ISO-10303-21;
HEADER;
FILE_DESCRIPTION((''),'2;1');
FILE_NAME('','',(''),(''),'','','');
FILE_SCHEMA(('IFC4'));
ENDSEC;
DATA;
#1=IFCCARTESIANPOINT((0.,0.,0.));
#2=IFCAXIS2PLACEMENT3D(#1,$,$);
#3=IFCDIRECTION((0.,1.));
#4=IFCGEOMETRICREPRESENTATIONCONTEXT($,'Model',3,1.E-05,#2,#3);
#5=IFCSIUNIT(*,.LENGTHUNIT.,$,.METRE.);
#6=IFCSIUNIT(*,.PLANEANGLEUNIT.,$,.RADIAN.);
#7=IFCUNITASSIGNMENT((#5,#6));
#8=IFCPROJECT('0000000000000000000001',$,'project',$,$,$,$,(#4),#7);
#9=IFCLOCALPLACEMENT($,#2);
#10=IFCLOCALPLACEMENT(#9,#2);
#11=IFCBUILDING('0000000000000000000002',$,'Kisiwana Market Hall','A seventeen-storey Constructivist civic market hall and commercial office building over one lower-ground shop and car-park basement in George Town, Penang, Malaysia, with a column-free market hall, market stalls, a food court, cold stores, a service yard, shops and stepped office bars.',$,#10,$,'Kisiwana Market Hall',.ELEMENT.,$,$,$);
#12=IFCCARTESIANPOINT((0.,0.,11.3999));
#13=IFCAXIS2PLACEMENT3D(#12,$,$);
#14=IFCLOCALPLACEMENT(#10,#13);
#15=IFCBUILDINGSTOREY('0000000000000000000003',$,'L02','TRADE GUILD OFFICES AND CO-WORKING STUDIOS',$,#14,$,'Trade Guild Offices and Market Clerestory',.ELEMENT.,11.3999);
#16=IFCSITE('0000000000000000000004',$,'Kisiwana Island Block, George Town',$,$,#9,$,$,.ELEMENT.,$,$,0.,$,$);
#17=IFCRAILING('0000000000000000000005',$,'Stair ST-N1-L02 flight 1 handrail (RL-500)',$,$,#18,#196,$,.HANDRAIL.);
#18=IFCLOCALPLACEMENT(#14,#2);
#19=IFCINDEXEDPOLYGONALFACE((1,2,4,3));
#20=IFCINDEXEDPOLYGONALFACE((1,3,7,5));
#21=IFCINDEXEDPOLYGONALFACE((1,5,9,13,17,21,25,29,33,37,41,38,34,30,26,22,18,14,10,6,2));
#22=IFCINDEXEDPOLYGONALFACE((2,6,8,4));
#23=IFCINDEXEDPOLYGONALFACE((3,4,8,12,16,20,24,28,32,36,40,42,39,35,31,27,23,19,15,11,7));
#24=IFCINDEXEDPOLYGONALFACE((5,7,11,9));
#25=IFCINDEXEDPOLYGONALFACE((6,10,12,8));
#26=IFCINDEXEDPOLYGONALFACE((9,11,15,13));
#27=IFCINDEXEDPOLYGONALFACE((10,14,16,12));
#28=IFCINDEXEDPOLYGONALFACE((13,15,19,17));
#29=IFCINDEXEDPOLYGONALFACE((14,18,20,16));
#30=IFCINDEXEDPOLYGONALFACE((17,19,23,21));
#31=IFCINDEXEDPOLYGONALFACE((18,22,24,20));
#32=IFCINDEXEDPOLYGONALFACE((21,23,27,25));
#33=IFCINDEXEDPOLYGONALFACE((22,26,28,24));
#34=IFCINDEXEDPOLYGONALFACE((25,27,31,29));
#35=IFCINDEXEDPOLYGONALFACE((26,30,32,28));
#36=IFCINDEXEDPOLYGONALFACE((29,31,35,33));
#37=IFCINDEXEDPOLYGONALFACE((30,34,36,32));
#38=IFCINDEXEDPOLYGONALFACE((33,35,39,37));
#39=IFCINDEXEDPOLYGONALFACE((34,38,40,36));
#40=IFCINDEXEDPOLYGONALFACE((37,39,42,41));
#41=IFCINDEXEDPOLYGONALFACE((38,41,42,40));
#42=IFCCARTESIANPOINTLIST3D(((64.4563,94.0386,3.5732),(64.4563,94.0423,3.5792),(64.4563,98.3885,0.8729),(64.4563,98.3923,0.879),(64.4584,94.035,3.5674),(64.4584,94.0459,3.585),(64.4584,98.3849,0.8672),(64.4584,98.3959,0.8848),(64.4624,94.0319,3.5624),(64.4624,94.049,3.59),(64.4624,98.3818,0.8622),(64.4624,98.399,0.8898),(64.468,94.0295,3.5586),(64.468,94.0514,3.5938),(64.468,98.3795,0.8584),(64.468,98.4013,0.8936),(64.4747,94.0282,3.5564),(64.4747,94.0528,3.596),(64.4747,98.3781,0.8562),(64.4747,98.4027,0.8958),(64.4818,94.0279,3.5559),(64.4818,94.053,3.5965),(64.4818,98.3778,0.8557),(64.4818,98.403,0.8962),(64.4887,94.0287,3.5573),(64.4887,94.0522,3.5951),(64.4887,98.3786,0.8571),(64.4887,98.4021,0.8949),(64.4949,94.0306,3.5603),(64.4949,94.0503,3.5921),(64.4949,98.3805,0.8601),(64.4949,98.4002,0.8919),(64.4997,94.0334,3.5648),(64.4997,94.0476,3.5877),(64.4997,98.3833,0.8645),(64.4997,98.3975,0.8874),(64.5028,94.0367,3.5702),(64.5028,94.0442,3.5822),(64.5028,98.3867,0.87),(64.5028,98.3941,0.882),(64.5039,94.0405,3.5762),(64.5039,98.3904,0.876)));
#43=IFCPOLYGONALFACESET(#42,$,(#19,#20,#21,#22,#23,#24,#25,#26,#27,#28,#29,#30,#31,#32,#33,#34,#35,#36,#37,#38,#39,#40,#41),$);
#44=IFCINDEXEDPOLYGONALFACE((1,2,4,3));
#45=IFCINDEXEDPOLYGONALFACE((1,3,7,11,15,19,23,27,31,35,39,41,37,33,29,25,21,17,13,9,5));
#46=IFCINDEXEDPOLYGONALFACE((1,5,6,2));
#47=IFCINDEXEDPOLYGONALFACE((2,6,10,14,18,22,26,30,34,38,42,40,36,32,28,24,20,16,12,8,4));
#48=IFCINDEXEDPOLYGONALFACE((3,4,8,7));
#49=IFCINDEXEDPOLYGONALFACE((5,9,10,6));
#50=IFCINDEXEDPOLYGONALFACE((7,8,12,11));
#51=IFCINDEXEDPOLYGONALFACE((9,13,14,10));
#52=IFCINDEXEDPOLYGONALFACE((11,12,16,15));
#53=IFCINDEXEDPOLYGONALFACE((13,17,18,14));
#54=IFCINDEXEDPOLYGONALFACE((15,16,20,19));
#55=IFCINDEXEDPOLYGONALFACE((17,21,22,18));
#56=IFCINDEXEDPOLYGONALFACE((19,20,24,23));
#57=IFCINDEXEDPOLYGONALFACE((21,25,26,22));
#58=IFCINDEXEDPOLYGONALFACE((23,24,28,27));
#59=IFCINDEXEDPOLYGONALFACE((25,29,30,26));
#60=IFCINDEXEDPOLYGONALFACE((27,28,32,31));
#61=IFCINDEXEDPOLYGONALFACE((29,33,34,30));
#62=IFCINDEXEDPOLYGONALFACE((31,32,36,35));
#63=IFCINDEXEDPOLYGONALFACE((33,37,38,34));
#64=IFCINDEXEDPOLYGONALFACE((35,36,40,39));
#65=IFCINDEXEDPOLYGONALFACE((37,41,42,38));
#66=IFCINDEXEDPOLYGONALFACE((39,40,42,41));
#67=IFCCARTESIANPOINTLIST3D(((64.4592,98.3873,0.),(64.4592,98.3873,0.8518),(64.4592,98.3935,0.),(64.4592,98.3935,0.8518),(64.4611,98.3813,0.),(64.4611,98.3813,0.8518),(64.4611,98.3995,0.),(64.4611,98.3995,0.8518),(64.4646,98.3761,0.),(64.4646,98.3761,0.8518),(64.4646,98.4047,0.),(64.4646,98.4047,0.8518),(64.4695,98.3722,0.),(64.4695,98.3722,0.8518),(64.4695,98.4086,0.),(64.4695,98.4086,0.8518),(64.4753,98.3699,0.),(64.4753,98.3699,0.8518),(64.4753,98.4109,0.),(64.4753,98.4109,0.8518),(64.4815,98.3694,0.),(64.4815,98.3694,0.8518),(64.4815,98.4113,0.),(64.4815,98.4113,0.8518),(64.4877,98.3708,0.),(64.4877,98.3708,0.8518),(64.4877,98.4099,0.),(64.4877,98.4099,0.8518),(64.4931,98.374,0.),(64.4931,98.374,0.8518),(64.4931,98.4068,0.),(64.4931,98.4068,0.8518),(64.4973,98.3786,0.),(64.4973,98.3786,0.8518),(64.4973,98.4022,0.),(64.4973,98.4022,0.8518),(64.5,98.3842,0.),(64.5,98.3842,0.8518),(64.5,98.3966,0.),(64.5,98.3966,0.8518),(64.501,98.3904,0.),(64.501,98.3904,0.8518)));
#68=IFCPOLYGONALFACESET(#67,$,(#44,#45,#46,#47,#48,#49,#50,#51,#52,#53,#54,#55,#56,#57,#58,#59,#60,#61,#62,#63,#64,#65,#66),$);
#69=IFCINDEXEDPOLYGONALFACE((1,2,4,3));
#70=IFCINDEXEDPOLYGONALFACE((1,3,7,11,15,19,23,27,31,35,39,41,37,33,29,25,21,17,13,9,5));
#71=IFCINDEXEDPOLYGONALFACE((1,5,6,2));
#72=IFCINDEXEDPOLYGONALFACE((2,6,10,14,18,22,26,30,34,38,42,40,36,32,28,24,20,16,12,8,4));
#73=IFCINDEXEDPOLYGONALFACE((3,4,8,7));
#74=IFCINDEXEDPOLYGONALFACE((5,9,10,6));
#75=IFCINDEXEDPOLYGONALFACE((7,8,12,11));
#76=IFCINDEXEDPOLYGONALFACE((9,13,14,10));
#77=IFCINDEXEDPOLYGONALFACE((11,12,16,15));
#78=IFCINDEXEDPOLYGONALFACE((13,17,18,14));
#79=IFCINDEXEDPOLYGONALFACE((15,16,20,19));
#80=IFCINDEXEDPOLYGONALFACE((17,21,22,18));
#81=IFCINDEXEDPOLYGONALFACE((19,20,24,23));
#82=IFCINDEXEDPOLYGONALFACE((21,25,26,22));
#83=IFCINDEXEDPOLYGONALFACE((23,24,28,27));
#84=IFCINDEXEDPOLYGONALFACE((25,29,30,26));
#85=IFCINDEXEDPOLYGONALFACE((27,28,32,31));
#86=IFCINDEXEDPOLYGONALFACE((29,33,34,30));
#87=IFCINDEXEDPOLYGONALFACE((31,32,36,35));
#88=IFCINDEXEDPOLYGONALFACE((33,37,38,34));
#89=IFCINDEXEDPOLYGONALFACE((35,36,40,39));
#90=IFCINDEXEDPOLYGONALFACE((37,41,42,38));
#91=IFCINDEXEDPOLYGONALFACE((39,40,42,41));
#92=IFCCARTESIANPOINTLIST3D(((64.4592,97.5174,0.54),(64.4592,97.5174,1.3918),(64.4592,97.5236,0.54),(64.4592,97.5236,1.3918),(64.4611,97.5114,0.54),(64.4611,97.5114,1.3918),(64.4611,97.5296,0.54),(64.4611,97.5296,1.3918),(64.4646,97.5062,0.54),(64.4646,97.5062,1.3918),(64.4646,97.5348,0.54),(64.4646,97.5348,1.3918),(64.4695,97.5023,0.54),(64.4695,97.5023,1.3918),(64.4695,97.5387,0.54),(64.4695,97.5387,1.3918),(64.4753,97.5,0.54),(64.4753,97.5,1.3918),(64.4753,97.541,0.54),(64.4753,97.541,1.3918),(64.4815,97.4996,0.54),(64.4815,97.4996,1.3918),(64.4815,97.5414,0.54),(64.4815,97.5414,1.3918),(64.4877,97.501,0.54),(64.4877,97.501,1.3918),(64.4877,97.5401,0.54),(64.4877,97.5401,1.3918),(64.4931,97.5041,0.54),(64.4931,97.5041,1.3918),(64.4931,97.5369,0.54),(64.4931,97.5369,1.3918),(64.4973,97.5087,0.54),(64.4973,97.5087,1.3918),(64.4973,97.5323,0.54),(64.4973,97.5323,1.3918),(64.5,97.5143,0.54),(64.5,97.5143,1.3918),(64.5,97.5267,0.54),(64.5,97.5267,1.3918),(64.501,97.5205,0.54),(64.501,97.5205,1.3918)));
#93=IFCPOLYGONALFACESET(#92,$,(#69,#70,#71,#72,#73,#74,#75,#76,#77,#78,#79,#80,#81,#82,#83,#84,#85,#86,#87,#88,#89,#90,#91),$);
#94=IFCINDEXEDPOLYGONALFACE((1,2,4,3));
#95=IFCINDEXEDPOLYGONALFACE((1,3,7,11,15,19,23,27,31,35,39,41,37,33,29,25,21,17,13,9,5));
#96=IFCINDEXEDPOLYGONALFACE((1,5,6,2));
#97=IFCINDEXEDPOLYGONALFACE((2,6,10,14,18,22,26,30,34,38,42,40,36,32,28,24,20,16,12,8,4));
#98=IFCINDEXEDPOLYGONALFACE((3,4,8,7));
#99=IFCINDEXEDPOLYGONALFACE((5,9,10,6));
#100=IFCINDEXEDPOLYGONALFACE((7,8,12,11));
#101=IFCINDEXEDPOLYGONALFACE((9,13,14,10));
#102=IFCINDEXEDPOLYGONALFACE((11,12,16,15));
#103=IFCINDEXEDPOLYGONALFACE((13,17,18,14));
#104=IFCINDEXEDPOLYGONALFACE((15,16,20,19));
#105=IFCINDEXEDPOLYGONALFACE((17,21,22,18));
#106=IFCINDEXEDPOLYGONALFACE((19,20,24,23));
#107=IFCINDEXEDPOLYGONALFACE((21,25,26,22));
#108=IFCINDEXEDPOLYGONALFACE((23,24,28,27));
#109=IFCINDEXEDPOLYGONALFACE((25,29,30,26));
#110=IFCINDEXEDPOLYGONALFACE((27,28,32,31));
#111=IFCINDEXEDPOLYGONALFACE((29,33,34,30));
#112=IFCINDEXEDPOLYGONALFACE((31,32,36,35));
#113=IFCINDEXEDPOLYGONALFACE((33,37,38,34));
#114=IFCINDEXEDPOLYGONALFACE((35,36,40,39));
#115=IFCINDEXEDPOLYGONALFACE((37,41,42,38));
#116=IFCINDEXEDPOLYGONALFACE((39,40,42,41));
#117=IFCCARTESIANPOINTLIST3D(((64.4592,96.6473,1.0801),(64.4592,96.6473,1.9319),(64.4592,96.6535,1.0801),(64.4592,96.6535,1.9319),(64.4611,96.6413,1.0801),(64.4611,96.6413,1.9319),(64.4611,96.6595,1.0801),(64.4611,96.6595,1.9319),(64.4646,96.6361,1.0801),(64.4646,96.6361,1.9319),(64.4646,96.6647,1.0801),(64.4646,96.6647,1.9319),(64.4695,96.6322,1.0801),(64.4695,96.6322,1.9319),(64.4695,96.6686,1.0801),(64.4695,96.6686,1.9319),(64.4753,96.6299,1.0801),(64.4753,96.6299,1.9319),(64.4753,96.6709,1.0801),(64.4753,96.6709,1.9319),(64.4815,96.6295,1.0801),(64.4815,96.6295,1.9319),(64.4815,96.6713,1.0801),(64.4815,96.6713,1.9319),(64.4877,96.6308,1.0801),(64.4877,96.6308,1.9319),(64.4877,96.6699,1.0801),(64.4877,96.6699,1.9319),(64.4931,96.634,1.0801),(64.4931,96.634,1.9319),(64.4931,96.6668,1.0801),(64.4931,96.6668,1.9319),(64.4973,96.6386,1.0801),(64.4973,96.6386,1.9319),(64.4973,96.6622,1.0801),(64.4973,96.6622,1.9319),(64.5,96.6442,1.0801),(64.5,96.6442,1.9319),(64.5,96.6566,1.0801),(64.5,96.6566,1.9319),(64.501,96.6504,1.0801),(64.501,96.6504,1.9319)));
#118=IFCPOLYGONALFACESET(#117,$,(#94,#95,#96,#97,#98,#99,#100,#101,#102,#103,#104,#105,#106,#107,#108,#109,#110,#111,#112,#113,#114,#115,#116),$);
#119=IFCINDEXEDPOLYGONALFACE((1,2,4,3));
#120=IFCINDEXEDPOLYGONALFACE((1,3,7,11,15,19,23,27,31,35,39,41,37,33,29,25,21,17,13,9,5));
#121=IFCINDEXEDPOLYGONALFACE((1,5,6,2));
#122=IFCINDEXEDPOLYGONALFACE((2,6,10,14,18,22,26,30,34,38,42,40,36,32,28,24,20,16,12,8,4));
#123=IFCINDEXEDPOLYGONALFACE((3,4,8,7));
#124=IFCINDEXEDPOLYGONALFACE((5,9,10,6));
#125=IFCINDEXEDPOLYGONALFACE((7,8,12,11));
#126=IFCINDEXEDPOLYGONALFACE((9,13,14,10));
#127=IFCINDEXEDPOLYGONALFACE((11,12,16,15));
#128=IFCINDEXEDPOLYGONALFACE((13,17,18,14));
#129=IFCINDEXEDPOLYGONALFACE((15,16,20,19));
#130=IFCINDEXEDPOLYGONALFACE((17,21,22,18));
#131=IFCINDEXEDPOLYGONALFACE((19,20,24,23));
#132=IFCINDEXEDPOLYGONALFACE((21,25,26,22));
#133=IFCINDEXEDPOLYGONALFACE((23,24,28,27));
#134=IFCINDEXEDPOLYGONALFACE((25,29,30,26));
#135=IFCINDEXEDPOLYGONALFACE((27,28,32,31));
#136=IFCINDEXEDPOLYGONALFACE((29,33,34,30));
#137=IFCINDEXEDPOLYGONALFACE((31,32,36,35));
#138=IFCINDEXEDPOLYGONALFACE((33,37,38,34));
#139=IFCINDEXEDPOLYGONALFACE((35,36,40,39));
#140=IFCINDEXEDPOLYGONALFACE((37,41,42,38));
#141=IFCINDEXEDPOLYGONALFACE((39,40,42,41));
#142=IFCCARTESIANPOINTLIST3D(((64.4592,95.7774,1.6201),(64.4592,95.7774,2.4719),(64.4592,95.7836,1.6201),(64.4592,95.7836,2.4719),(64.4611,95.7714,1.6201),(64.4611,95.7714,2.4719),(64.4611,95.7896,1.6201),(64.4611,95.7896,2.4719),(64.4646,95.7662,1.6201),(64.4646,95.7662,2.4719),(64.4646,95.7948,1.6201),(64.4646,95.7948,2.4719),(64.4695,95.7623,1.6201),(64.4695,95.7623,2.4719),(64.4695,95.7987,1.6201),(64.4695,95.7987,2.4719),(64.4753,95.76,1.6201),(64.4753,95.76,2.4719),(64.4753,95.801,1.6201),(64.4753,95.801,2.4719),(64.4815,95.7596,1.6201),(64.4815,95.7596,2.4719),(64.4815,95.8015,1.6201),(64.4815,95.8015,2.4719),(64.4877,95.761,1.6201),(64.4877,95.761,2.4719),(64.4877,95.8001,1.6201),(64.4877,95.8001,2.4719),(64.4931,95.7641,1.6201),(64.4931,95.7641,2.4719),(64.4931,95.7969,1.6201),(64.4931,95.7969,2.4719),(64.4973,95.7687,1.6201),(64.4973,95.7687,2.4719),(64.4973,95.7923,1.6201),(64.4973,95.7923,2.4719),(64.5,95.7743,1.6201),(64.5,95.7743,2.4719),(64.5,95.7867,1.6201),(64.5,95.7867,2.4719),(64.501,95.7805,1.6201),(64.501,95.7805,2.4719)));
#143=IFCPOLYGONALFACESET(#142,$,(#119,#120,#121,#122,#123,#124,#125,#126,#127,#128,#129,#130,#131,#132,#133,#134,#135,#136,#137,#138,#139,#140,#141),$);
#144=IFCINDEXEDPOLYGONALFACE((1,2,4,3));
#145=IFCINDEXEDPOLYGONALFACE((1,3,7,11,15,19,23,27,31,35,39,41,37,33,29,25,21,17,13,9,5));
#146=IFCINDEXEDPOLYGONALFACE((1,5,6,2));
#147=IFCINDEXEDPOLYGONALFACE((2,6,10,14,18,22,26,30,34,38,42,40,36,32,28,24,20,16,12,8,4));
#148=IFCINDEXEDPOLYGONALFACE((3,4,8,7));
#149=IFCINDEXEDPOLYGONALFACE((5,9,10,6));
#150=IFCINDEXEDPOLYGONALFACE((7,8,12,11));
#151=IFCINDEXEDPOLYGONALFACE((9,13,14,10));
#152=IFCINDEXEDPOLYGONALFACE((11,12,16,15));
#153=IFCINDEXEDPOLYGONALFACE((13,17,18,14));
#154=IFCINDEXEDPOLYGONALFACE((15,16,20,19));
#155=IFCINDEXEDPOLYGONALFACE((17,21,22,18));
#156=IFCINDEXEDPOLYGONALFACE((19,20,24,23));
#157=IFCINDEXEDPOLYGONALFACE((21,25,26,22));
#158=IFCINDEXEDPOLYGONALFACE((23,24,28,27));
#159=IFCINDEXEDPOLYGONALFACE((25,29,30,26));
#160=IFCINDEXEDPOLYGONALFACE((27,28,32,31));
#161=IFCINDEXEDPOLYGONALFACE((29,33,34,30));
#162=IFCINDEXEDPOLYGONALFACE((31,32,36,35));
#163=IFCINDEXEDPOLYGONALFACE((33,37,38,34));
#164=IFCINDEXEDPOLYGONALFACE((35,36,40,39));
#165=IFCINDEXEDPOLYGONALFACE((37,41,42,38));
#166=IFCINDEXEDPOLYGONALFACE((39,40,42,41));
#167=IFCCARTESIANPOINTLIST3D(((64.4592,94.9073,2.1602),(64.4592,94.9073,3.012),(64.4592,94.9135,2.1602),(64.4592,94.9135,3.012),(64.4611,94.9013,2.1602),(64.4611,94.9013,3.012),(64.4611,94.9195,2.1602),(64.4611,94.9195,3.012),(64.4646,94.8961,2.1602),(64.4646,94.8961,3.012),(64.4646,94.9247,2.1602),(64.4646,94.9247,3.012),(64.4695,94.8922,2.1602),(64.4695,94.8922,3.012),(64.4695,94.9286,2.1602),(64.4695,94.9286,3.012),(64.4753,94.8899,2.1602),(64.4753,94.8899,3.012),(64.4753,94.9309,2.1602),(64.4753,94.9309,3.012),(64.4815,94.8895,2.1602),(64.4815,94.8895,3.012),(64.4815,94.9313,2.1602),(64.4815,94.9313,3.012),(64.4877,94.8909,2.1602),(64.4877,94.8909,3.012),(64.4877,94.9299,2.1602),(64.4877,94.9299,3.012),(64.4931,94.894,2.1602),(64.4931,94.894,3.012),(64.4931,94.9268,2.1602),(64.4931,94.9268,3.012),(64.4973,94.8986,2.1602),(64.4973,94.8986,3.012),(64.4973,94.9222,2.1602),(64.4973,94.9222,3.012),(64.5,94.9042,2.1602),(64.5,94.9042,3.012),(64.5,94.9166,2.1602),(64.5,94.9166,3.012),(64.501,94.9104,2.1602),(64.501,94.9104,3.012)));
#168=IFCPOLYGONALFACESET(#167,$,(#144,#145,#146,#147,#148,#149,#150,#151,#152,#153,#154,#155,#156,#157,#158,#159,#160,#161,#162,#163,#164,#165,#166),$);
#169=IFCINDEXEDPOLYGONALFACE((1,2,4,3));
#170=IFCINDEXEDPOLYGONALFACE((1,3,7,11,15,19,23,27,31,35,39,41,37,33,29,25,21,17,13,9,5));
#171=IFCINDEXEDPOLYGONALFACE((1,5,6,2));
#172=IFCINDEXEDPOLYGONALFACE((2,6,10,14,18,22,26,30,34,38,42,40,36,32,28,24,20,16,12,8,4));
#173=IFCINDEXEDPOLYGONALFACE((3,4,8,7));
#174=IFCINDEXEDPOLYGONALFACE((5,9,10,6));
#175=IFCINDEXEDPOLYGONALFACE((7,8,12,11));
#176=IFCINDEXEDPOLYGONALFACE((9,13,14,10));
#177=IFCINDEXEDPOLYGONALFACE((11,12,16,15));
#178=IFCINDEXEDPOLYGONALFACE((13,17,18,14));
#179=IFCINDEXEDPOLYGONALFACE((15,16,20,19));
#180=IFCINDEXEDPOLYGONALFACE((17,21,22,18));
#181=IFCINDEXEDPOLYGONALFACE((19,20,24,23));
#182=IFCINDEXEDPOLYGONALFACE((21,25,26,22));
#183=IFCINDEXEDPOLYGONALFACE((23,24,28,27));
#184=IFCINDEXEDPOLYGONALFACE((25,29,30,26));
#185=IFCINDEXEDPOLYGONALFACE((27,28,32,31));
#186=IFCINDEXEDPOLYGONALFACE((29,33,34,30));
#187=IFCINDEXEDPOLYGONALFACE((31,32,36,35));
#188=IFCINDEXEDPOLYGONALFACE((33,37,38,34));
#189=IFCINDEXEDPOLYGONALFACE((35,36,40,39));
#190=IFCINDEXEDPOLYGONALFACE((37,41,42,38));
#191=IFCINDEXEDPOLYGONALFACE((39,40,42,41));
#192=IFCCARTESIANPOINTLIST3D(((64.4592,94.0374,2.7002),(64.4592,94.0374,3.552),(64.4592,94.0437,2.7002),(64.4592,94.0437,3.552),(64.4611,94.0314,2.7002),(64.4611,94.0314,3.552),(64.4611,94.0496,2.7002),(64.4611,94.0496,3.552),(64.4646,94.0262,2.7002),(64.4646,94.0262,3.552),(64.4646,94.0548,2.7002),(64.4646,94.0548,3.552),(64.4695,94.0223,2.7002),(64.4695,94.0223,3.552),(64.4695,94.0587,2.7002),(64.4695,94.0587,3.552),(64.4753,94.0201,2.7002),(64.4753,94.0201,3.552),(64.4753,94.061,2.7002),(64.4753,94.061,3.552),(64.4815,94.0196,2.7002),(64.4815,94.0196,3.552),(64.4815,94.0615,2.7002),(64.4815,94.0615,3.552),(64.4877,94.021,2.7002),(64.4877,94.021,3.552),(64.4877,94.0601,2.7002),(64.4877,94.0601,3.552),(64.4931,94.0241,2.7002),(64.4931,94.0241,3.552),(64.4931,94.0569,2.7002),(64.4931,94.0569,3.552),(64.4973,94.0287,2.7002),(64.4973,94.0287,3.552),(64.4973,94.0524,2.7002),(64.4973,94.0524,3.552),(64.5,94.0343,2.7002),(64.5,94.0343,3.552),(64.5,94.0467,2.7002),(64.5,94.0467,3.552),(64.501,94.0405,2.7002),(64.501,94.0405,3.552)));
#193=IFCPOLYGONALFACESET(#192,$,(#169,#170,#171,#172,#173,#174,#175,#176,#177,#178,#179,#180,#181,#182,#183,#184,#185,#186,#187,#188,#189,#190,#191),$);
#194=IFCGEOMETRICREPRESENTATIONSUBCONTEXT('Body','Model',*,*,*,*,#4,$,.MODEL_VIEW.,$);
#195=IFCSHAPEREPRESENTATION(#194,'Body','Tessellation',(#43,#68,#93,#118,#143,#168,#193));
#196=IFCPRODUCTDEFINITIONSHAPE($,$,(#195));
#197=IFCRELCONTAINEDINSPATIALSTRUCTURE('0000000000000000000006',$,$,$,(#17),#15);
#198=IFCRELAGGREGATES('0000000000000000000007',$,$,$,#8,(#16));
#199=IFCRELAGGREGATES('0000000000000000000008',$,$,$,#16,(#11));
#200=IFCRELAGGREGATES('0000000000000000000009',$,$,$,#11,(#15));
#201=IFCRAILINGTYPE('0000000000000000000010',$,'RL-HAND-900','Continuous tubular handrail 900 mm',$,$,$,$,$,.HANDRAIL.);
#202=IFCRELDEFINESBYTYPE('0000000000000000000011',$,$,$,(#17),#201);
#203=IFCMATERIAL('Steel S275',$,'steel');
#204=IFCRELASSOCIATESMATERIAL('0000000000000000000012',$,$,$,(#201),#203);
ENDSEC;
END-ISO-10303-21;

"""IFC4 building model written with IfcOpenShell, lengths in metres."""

from ifc_helpers import new_model, si_unit, direction, frame, origin, origin_2d, place, context, subcontext, project, spatial, circle, extrude, material, type_object, element, save


model = new_model("IFC4")

# Units and contexts
model_context = context("Model", 3, precision=1e-05, world=origin(), true_north=direction((0.0, 1.0)))
body_context = subcontext(model_context, "Body", "Model", "MODEL_VIEW")
ifc_project = project(units=[si_unit("LENGTHUNIT", "METRE"), si_unit("PLANEANGLEUNIT", "RADIAN")], contexts=[model_context])

# Site, building, storey
site_placement = place(None, origin())
site = spatial("IfcSite", under=ifc_project, at=site_placement, Name="Kisiwana Island Block, George Town", CompositionType="ELEMENT", RefElevation=0.0)
building_placement = place(site_placement, origin())
building = spatial("IfcBuilding", under=site, at=building_placement, Name="Kisiwana Market Hall", Description="A seventeen-storey Constructivist civic market hall and commercial office building over one lower-ground shop and car-park basement in George Town, Penang, Malaysia, with a column-free market hall, market stalls, a food court, cold stores, a service yard, shops and stepped office bars.", LongName="Kisiwana Market Hall", CompositionType="ELEMENT")
storey_placement = place(building_placement, frame((0.0, 0.0, 11.3999)))
storey = spatial("IfcBuildingStorey", under=building, at=storey_placement, Name="L02", Description="TRADE GUILD OFFICES AND CO-WORKING STUDIOS", LongName="Trade Guild Offices and Market Clerestory", CompositionType="ELEMENT", Elevation=11.3999)

# Railing
ifc_material_1 = material(Name="Steel S275", Category="steel")
railing_type_1 = type_object("IfcRailingType", Name="RL-HAND-900", Description="Continuous tubular handrail 900 mm", PredefinedType="HANDRAIL", material=ifc_material_1)
railing_1_placement = place(storey_placement, frame((64.48, 98.3904, 0.0)))
element("IfcRailing", 1, at=railing_1_placement, inside=storey, type_object=railing_type_1, Name="Stair ST-N1-L02 flight 1 handrail (RL-500)", PredefinedType="HANDRAIL", context=body_context, shape_type="SweptSolid", body=[
    extrude(circle(Radius=0.0239, at=origin_2d()), frame((0.0, 0.0, 0.876), z_axis=(0.0, -0.849615, 0.527403), x_axis=(1.0, 0.0, 0.0)), (0.0, 0.0, 1.0), 5.1199),
    extrude(circle(Radius=0.021, at=origin_2d()), origin(), (0.0, 0.0, 1.0), 0.8518),
    extrude(circle(Radius=0.021, at=origin_2d()), frame((0.0, -0.8699, 0.54)), (0.0, 0.0, 1.0), 0.8518),
    extrude(circle(Radius=0.021, at=origin_2d()), frame((0.0, -1.74, 1.0801)), (0.0, 0.0, 1.0), 0.8518),
    extrude(circle(Radius=0.021, at=origin_2d()), frame((0.0, -2.6099, 1.6201)), (0.0, 0.0, 1.0), 0.8518),
    extrude(circle(Radius=0.021, at=origin_2d()), frame((0.0, -3.48, 2.1602)), (0.0, 0.0, 1.0), 0.8518),
    extrude(circle(Radius=0.021, at=origin_2d()), frame((0.0, -4.3499, 2.7002)), (0.0, 0.0, 1.0), 0.8518),
])

save(model, "model.ifc")
